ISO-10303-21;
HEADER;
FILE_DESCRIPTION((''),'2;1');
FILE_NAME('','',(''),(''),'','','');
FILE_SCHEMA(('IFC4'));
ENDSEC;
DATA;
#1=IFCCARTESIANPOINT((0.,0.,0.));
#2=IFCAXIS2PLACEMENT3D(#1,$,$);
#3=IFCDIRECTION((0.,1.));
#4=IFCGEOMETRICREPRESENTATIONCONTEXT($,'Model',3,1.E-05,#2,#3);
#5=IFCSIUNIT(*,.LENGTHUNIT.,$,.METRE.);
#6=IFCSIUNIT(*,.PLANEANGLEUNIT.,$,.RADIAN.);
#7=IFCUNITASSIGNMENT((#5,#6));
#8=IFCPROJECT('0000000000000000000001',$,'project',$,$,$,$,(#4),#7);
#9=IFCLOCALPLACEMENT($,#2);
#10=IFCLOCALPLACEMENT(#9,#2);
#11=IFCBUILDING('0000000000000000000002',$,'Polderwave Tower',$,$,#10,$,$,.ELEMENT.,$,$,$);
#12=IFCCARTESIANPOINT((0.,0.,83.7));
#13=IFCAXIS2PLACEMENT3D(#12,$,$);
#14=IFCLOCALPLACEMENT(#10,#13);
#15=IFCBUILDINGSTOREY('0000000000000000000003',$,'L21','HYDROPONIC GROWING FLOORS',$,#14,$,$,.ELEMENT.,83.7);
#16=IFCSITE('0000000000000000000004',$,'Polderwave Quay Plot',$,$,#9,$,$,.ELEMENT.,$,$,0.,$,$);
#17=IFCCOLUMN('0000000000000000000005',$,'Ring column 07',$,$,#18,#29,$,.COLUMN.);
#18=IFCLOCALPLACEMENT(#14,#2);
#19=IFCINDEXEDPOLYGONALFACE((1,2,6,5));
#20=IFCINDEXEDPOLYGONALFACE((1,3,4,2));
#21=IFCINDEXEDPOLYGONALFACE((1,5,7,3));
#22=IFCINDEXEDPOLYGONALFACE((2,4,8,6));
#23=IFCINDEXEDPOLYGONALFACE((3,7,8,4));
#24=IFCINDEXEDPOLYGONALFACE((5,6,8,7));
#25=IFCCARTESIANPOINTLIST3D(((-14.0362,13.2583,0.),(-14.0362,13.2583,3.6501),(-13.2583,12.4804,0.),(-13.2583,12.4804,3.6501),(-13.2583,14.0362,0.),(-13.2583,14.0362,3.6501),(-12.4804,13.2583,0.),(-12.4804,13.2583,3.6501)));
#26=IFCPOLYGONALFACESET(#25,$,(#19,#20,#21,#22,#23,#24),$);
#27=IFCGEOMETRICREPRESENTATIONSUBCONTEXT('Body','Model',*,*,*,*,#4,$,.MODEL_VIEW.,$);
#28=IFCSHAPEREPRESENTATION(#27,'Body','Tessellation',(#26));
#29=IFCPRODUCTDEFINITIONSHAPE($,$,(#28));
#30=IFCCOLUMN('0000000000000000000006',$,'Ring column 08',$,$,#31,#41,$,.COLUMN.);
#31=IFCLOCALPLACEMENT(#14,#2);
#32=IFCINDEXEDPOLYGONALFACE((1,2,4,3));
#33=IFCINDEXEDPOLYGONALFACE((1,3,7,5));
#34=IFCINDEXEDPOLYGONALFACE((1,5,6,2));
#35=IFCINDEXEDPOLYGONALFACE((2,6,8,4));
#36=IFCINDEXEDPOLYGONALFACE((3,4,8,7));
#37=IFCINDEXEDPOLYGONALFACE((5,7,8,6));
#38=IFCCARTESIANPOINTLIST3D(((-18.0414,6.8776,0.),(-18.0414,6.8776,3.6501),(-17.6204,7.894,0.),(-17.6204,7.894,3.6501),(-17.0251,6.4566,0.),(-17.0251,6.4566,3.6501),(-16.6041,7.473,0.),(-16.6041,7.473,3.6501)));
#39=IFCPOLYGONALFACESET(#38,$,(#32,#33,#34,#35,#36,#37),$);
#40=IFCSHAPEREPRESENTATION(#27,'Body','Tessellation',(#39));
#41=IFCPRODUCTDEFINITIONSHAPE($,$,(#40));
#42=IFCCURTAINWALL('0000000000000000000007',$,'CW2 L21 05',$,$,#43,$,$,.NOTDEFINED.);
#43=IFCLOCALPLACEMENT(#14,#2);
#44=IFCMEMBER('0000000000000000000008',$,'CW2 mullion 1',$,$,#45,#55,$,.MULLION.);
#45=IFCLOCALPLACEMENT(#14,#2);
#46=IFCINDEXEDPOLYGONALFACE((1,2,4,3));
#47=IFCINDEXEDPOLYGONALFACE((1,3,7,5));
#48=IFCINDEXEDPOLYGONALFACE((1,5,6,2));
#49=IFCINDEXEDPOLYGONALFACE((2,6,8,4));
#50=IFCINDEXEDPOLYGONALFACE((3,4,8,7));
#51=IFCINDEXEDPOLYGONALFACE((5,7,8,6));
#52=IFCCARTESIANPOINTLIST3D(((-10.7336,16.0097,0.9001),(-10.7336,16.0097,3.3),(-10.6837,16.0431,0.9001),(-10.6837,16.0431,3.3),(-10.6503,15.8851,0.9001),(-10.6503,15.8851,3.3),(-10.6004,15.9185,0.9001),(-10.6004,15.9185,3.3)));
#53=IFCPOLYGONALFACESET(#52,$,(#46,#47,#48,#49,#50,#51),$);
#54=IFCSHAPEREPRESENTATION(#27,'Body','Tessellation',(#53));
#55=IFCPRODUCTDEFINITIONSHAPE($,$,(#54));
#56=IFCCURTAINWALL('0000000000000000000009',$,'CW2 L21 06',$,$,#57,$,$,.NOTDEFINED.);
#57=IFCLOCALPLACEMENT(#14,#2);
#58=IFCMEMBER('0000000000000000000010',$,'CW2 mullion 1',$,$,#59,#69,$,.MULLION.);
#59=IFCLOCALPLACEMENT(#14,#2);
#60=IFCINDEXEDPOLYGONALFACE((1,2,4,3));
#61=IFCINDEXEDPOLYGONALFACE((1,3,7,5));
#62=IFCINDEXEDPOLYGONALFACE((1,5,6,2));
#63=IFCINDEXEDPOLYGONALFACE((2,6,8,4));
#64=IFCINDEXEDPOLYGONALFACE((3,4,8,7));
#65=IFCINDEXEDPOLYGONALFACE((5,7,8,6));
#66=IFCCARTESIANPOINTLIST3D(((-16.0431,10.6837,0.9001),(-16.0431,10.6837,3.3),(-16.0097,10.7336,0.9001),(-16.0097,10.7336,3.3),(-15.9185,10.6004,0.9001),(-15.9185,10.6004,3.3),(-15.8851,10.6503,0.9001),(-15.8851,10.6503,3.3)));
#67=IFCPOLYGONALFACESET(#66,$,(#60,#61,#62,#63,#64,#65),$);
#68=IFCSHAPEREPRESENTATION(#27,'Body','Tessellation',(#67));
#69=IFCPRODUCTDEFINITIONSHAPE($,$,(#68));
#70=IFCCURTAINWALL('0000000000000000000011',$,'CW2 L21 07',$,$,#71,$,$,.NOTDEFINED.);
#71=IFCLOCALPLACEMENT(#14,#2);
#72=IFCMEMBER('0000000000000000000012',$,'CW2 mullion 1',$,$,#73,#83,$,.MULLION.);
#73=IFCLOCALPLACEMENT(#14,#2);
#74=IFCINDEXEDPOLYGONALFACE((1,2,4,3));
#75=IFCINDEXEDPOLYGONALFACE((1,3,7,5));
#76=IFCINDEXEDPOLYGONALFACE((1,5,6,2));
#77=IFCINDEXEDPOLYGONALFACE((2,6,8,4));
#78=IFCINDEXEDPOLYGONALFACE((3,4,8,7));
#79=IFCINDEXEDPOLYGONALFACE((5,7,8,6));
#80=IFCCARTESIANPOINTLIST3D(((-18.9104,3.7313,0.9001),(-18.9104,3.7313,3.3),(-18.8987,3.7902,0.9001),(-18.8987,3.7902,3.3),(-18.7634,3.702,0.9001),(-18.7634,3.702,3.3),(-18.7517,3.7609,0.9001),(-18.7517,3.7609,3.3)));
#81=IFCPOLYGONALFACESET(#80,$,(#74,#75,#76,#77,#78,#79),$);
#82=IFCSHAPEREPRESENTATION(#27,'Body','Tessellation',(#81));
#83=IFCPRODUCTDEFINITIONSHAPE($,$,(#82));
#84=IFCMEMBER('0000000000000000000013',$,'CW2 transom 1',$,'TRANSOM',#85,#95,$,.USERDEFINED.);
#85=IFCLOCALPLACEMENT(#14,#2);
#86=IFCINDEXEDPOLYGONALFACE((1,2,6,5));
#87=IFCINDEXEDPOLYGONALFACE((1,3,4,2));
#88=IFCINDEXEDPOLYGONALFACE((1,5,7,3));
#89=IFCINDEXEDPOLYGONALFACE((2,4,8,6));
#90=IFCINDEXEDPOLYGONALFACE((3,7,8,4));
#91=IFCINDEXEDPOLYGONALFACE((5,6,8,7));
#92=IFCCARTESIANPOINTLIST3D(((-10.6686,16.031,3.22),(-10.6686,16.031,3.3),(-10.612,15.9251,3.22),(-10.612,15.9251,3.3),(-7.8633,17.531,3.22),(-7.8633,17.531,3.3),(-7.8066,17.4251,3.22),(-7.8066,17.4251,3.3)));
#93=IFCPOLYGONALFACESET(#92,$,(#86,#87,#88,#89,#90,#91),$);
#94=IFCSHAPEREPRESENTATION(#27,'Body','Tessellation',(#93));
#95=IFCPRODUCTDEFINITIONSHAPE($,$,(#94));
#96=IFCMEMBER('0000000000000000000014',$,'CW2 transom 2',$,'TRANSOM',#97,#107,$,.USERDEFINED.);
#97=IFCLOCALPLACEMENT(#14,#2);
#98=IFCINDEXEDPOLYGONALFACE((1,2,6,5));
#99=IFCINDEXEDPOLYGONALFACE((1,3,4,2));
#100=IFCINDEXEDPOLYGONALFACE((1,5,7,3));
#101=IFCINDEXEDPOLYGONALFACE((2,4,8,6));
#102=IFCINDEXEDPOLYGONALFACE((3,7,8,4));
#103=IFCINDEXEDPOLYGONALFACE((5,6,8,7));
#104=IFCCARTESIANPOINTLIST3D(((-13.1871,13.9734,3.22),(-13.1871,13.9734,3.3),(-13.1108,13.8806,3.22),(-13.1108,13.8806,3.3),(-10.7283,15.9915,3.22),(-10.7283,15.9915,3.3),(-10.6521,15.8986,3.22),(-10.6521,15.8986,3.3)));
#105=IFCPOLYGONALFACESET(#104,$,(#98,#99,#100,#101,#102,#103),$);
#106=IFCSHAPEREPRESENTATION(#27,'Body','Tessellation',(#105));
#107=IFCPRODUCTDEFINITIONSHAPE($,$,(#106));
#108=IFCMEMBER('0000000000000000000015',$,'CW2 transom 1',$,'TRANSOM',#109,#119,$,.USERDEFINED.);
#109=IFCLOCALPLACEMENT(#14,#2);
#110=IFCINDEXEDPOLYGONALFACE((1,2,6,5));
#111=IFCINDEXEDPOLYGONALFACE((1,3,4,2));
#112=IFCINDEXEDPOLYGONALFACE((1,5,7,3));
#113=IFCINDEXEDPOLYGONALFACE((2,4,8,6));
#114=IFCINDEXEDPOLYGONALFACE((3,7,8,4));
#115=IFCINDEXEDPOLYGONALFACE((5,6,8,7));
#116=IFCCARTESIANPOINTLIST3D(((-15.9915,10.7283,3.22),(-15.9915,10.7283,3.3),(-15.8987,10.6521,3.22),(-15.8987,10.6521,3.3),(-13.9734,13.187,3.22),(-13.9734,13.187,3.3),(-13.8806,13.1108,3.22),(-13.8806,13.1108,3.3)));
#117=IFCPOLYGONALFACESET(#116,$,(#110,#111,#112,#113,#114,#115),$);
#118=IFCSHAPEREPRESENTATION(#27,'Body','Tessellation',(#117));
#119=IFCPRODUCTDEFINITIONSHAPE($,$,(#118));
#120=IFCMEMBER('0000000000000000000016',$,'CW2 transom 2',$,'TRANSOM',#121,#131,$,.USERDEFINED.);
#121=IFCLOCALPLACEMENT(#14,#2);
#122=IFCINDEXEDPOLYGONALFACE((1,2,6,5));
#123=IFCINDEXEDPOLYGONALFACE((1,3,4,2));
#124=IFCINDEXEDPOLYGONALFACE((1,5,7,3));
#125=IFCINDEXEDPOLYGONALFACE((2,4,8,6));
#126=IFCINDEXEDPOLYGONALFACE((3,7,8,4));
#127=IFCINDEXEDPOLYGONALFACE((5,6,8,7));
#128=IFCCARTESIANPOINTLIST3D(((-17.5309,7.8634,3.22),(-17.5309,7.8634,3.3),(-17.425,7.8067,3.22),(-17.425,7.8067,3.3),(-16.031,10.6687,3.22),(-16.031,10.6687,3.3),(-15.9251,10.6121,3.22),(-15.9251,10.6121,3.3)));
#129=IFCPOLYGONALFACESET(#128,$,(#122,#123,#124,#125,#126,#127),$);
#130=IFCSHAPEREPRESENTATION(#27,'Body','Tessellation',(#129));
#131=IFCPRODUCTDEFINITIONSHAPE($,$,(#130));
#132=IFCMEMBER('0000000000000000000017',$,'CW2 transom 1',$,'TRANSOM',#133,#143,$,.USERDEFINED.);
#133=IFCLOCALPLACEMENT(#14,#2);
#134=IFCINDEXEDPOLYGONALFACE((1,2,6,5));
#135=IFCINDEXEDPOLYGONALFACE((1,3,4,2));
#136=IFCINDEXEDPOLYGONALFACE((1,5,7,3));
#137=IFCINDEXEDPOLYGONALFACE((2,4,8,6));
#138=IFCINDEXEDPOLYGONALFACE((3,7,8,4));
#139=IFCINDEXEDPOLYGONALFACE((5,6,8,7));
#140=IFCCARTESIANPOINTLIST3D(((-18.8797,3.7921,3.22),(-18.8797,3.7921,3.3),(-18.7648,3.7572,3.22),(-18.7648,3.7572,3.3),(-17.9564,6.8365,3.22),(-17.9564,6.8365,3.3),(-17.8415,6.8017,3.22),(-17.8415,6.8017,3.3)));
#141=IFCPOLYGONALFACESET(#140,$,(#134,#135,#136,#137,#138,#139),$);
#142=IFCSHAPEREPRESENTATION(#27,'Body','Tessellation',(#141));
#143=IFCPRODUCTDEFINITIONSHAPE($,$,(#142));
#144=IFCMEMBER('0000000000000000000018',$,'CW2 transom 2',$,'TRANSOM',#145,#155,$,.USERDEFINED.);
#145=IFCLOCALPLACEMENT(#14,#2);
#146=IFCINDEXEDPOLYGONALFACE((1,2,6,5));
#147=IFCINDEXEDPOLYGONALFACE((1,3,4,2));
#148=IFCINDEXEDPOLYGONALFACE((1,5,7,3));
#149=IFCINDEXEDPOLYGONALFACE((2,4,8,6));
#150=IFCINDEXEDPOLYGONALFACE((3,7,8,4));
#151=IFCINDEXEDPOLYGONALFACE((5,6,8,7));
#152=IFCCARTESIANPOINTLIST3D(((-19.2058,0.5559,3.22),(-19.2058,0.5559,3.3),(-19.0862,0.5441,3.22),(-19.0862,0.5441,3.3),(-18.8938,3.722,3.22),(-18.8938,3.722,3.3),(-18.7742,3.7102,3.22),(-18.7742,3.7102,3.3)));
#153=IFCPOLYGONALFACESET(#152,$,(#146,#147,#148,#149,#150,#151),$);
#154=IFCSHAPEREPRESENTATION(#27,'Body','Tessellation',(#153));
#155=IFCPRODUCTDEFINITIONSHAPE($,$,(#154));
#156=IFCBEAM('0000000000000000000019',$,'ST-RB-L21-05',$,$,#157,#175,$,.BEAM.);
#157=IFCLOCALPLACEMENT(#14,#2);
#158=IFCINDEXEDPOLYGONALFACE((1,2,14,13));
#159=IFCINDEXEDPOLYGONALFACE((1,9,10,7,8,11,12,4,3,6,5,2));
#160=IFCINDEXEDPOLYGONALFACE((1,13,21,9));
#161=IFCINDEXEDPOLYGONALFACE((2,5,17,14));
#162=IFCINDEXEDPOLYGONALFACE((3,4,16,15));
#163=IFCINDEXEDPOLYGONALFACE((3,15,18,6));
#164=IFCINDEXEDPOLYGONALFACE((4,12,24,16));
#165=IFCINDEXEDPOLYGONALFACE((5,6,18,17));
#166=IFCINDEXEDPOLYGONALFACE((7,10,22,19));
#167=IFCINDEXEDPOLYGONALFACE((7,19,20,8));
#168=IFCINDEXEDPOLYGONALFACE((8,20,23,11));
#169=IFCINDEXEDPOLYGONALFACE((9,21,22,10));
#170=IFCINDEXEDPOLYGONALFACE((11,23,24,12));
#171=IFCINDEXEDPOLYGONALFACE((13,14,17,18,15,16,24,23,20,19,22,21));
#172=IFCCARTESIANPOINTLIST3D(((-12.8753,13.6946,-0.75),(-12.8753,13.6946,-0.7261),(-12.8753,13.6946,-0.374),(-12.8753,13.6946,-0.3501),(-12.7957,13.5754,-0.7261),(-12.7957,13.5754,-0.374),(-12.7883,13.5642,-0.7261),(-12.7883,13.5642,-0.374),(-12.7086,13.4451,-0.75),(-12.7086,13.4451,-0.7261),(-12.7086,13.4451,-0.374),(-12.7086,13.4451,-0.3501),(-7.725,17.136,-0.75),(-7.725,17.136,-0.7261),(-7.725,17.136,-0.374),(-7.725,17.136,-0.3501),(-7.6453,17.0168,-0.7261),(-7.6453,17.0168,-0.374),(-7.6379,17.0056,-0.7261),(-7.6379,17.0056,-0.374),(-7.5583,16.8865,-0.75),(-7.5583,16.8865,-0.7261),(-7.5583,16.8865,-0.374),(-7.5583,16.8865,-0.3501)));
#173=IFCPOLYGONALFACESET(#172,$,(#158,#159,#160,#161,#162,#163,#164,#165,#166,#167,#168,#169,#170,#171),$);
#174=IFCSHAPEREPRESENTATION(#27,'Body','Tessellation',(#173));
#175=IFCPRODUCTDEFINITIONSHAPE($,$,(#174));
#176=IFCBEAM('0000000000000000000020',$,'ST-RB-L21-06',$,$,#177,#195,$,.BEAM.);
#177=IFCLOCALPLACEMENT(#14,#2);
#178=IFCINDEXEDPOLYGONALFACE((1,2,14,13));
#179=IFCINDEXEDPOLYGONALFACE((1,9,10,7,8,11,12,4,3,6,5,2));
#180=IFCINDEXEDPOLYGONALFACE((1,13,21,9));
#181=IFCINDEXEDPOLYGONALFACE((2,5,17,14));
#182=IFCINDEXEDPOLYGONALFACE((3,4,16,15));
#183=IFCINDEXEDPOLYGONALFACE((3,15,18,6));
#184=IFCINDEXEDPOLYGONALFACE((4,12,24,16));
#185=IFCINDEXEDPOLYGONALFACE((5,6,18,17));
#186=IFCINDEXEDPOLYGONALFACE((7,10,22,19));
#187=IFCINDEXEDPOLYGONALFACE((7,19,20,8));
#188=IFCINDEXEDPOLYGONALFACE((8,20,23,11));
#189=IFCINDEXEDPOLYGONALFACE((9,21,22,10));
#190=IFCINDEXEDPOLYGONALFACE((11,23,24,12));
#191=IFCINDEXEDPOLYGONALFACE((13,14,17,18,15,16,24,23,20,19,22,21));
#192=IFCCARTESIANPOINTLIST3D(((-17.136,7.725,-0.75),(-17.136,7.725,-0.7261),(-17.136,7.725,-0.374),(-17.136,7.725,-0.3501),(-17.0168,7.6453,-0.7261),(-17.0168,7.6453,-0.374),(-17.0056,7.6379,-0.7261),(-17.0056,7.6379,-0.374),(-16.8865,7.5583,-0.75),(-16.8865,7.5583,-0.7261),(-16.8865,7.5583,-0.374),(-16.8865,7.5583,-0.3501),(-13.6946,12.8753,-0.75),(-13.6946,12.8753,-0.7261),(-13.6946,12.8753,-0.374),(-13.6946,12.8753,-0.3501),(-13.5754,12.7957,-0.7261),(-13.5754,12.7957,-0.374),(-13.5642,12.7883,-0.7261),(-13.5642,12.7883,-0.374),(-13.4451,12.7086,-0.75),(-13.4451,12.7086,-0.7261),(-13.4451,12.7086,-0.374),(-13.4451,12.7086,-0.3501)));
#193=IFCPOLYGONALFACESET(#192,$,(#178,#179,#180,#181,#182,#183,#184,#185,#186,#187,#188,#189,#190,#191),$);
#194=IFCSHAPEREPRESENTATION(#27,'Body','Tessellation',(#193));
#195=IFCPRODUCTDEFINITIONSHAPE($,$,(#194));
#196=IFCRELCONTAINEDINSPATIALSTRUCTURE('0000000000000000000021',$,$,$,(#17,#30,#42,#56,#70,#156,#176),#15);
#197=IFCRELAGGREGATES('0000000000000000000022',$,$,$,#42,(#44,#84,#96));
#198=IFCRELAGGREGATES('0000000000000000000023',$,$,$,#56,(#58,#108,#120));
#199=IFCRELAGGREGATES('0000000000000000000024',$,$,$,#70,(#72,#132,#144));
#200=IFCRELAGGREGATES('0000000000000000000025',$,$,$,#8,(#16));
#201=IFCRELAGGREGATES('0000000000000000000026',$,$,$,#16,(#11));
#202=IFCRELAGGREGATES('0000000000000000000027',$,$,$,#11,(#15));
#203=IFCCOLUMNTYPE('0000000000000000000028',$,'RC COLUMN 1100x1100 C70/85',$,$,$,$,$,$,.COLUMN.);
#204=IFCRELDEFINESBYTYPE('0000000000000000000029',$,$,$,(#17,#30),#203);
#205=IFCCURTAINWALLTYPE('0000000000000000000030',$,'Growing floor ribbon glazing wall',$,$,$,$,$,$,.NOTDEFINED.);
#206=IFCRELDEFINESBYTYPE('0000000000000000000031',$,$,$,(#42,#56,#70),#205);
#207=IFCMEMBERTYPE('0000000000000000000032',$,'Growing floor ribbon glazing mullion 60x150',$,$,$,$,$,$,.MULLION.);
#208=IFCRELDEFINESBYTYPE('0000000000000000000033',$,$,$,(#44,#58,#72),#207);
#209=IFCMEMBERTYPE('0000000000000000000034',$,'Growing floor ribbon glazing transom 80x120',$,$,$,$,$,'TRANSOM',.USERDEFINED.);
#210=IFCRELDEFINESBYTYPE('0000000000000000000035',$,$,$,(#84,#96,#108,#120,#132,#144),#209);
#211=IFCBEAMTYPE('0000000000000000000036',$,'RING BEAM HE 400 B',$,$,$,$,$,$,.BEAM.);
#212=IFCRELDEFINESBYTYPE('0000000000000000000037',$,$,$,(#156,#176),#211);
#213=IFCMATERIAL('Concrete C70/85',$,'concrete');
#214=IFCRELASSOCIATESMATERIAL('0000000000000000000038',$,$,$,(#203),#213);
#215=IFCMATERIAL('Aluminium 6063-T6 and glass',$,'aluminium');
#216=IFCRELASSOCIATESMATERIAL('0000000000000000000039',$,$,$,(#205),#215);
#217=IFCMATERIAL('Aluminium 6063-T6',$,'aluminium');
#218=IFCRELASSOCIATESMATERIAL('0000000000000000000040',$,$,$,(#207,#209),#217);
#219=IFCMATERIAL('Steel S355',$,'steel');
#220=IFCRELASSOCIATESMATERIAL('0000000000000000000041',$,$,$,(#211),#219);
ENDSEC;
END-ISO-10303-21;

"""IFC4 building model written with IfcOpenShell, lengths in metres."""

from ifc_helpers import new_model, si_unit, direction, frame, origin, origin_2d, place, context, subcontext, project, spatial, rectangle, i_section, extrude, material, material_profile, profile_set, type_object, element, aggregate, save


model = new_model("IFC4")

# Units and contexts
model_context = context("Model", 3, precision=1e-05, world=origin(), true_north=direction((0.0, 1.0)))
body_context = subcontext(model_context, "Body", "Model", "MODEL_VIEW")
ifc_project = project(units=[si_unit("LENGTHUNIT", "METRE"), si_unit("PLANEANGLEUNIT", "RADIAN")], contexts=[model_context])

# Site, building, storey
site_placement = place(None, origin())
site = spatial("IfcSite", under=ifc_project, at=site_placement, Name="Polderwave Quay Plot", CompositionType="ELEMENT", RefElevation=0.0)
building_placement = place(site_placement, origin())
building = spatial("IfcBuilding", under=site, at=building_placement, Name="Polderwave Tower", CompositionType="ELEMENT")
storey_placement = place(building_placement, frame((0.0, 0.0, 83.7)))
storey = spatial("IfcBuildingStorey", under=building, at=storey_placement, Name="L21", Description="HYDROPONIC GROWING FLOORS", CompositionType="ELEMENT", Elevation=83.7)

# Columns
ifc_material_1 = material(Name="Concrete C70/85", Category="concrete")
ifc_material_profile_1 = material_profile(ifc_material_1, rectangle(XDim=1.1001, YDim=1.1001, at=origin_2d()), Name="RC 1100x1100")
ifc_profile_set_1 = profile_set([ifc_material_profile_1], Name="Concrete C70/85")
column_type = type_object("IfcColumnType", Name="RC COLUMN 1100x1100 C70/85", PredefinedType="COLUMN", material=ifc_profile_set_1)
for number, where, z_axis, x_axis, name in (
    (1, (-13.2583, 13.2583, 0.0), (0.0, 0.0, 1.0), (-0.707107, 0.707107, 0.0), "Ring column 07"),
    (2, (-17.3228, 7.1753, 0.0), (0.0, 0.0, 1.0), (-0.92388, 0.382683, 0.0), "Ring column 08"),
):
    element("IfcColumn", number, at=place(storey_placement, frame(where, z_axis=z_axis, x_axis=x_axis)), inside=storey, type_object=column_type, Name=name, PredefinedType="COLUMN", context=body_context, shape_type="SweptSolid", body=[
        extrude(rectangle(XDim=1.1001, YDim=1.1001, at=origin_2d()), origin(), (0.0, 0.0, 1.0), 3.6501),
    ])

# Curtain walls, members
ifc_material_2 = material(Name="Aluminium 6063-T6 and glass", Category="aluminium")
curtain_wall_type = type_object("IfcCurtainWallType", Name="Growing floor ribbon glazing wall", PredefinedType="NOTDEFINED", material=ifc_material_2)
curtain_wall_1_placement = place(storey_placement, origin())
curtain_wall_1 = element("IfcCurtainWall", 3, at=curtain_wall_1_placement, inside=storey, type_object=curtain_wall_type, Name="CW2 L21 05", PredefinedType="NOTDEFINED")
ifc_material_3 = material(Name="Aluminium 6063-T6", Category="aluminium")
ifc_material_profile_2 = material_profile(ifc_material_3, rectangle(XDim=0.1499, YDim=0.0601, at=origin_2d()), Name="AL 60x150")
ifc_profile_set_2 = profile_set([ifc_material_profile_2], Name="Aluminium 6063-T6")
member_type_1 = type_object("IfcMemberType", Name="Growing floor ribbon glazing mullion 60x150", PredefinedType="MULLION", material=ifc_profile_set_2)
member_1_placement = place(storey_placement, frame((-10.667, 15.9641, 0.9001), z_axis=(0.0, 0.0, 1.0), x_axis=(0.555608, -0.831444, 0.0)))
member_1 = element("IfcMember", 4, at=member_1_placement, type_object=member_type_1, Name="CW2 mullion 1", PredefinedType="MULLION", context=body_context, shape_type="SweptSolid", body=[
    extrude(rectangle(XDim=0.1499, YDim=0.0601, at=origin_2d()), origin(), (0.0, 0.0, 1.0), 2.3999),
])
curtain_wall_2_placement = place(storey_placement, origin())
curtain_wall_2 = element("IfcCurtainWall", 5, at=curtain_wall_2_placement, inside=storey, type_object=curtain_wall_type, Name="CW2 L21 06", PredefinedType="NOTDEFINED")
member_2_placement = place(storey_placement, frame((-15.9641, 10.667, 0.9001), z_axis=(0.0, 0.0, 1.0), x_axis=(0.831444, -0.555608, 0.0)))
member_2 = element("IfcMember", 6, at=member_2_placement, type_object=member_type_1, Name="CW2 mullion 1", PredefinedType="MULLION", context=body_context, shape_type="SweptSolid", body=[
    extrude(rectangle(XDim=0.1499, YDim=0.0601, at=origin_2d()), origin(), (0.0, 0.0, 1.0), 2.3999),
])
curtain_wall_3_placement = place(storey_placement, origin())
curtain_wall_3 = element("IfcCurtainWall", 7, at=curtain_wall_3_placement, inside=storey, type_object=curtain_wall_type, Name="CW2 L21 07", PredefinedType="NOTDEFINED")
member_3_placement = place(storey_placement, frame((-18.8311, 3.7461, 0.9001), z_axis=(0.0, 0.0, 1.0), x_axis=(0.980784, -0.195097, 0.0)))
member_3 = element("IfcMember", 8, at=member_3_placement, type_object=member_type_1, Name="CW2 mullion 1", PredefinedType="MULLION", context=body_context, shape_type="SweptSolid", body=[
    extrude(rectangle(XDim=0.1499, YDim=0.0601, at=origin_2d()), origin(), (0.0, 0.0, 1.0), 2.3999),
])

# Members
ifc_material_profile_3 = material_profile(ifc_material_3, rectangle(XDim=0.1201, YDim=0.0801, at=origin_2d()), Name="AL 80x120")
ifc_profile_set_3 = profile_set([ifc_material_profile_3], Name="Aluminium 6063-T6")
member_type_2 = type_object("IfcMemberType", Name="Growing floor ribbon glazing transom 80x120", ElementType="TRANSOM", PredefinedType="USERDEFINED", material=ifc_profile_set_3)
member_4_placement = place(storey_placement, frame((-7.835, 17.478, 3.26), z_axis=(-0.88186, -0.471512, 0.0), x_axis=(0.471512, -0.88186, 0.0)))
member_4 = element("IfcMember", 9, at=member_4_placement, type_object=member_type_2, Name="CW2 transom 1", ObjectType="TRANSOM", PredefinedType="USERDEFINED", context=body_context, shape_type="SweptSolid", body=[
    extrude(rectangle(XDim=0.1201, YDim=0.0801, at=origin_2d()), origin(), (0.0, 0.0, 1.0), 3.1812),
])
member_5_placement = place(storey_placement, frame((-10.6902, 15.9451, 3.26), z_axis=(-0.772975, -0.634437, 0.0), x_axis=(0.634437, -0.772975, 0.0)))
member_5 = element("IfcMember", 10, at=member_5_placement, type_object=member_type_2, Name="CW2 transom 2", ObjectType="TRANSOM", PredefinedType="USERDEFINED", context=body_context, shape_type="SweptSolid", body=[
    extrude(rectangle(XDim=0.1201, YDim=0.0801, at=origin_2d()), origin(), (0.0, 0.0, 1.0), 3.1809),
])
member_6_placement = place(storey_placement, frame((-13.927, 13.1489, 3.26), z_axis=(-0.634437, -0.772975, 0.0), x_axis=(0.772975, -0.634437, 0.0)))
member_6 = element("IfcMember", 11, at=member_6_placement, type_object=member_type_2, Name="CW2 transom 1", ObjectType="TRANSOM", PredefinedType="USERDEFINED", context=body_context, shape_type="SweptSolid", body=[
    extrude(rectangle(XDim=0.1201, YDim=0.0801, at=origin_2d()), origin(), (0.0, 0.0, 1.0), 3.1809),
])
member_7_placement = place(storey_placement, frame((-15.978, 10.6404, 3.26), z_axis=(-0.471512, -0.88186, 0.0), x_axis=(0.88186, -0.471512, 0.0)))
member_7 = element("IfcMember", 12, at=member_7_placement, type_object=member_type_2, Name="CW2 transom 2", ObjectType="TRANSOM", PredefinedType="USERDEFINED", context=body_context, shape_type="SweptSolid", body=[
    extrude(rectangle(XDim=0.1201, YDim=0.0801, at=origin_2d()), origin(), (0.0, 0.0, 1.0), 3.1812),
])
member_8_placement = place(storey_placement, frame((-17.8989, 6.8191, 3.26), z_axis=(-0.290233, -0.956956, 0.0), x_axis=(0.956956, -0.290233, 0.0)))
member_8 = element("IfcMember", 13, at=member_8_placement, type_object=member_type_2, Name="CW2 transom 1", ObjectType="TRANSOM", PredefinedType="USERDEFINED", context=body_context, shape_type="SweptSolid", body=[
    extrude(rectangle(XDim=0.1201, YDim=0.0801, at=origin_2d()), origin(), (0.0, 0.0, 1.0), 3.1814),
])
member_9_placement = place(storey_placement, frame((-18.834, 3.7161, 3.26), z_axis=(-0.098075, -0.995179, 0.0), x_axis=(0.995179, -0.098075, 0.0)))
member_9 = element("IfcMember", 14, at=member_9_placement, type_object=member_type_2, Name="CW2 transom 2", ObjectType="TRANSOM", PredefinedType="USERDEFINED", context=body_context, shape_type="SweptSolid", body=[
    extrude(rectangle(XDim=0.1201, YDim=0.0801, at=origin_2d()), origin(), (0.0, 0.0, 1.0), 3.1814),
])

# Beams
ifc_material_4 = material(Name="Steel S355", Category="steel")
ifc_material_profile_4 = material_profile(ifc_material_4, i_section(OverallWidth=0.3, OverallDepth=0.3999, WebThickness=0.0134, FlangeThickness=0.0239, at=origin_2d()), Name="HE 400 B")
ifc_profile_set_4 = profile_set([ifc_material_profile_4], Name="Steel S355")
beam_type = type_object("IfcBeamType", Name="RING BEAM HE 400 B", PredefinedType="BEAM", material=ifc_profile_set_4)
for number, where, z_axis, x_axis, name in (
    (15, (-7.6416, 17.0112, -0.55), (-0.831468, -0.555573, 0.0), (0.555573, -0.831468, 0.0), "ST-RB-L21-05"),
    (16, (-13.5698, 12.792, -0.55), (-0.555573, -0.831468, 0.0), (0.831468, -0.555573, 0.0), "ST-RB-L21-06"),
):
    element("IfcBeam", number, at=place(storey_placement, frame(where, z_axis=z_axis, x_axis=x_axis)), inside=storey, type_object=beam_type, Name=name, PredefinedType="BEAM", context=body_context, shape_type="SweptSolid", body=[
        extrude(i_section(OverallWidth=0.3, OverallDepth=0.3999, WebThickness=0.0134, FlangeThickness=0.0239, at=origin_2d()), origin(), (0.0, 0.0, 1.0), 6.1943),
    ])

aggregate(curtain_wall_1, [member_1, member_4, member_5])
aggregate(curtain_wall_2, [member_2, member_6, member_7])
aggregate(curtain_wall_3, [member_3, member_8, member_9])

save(model, "model.ifc")
